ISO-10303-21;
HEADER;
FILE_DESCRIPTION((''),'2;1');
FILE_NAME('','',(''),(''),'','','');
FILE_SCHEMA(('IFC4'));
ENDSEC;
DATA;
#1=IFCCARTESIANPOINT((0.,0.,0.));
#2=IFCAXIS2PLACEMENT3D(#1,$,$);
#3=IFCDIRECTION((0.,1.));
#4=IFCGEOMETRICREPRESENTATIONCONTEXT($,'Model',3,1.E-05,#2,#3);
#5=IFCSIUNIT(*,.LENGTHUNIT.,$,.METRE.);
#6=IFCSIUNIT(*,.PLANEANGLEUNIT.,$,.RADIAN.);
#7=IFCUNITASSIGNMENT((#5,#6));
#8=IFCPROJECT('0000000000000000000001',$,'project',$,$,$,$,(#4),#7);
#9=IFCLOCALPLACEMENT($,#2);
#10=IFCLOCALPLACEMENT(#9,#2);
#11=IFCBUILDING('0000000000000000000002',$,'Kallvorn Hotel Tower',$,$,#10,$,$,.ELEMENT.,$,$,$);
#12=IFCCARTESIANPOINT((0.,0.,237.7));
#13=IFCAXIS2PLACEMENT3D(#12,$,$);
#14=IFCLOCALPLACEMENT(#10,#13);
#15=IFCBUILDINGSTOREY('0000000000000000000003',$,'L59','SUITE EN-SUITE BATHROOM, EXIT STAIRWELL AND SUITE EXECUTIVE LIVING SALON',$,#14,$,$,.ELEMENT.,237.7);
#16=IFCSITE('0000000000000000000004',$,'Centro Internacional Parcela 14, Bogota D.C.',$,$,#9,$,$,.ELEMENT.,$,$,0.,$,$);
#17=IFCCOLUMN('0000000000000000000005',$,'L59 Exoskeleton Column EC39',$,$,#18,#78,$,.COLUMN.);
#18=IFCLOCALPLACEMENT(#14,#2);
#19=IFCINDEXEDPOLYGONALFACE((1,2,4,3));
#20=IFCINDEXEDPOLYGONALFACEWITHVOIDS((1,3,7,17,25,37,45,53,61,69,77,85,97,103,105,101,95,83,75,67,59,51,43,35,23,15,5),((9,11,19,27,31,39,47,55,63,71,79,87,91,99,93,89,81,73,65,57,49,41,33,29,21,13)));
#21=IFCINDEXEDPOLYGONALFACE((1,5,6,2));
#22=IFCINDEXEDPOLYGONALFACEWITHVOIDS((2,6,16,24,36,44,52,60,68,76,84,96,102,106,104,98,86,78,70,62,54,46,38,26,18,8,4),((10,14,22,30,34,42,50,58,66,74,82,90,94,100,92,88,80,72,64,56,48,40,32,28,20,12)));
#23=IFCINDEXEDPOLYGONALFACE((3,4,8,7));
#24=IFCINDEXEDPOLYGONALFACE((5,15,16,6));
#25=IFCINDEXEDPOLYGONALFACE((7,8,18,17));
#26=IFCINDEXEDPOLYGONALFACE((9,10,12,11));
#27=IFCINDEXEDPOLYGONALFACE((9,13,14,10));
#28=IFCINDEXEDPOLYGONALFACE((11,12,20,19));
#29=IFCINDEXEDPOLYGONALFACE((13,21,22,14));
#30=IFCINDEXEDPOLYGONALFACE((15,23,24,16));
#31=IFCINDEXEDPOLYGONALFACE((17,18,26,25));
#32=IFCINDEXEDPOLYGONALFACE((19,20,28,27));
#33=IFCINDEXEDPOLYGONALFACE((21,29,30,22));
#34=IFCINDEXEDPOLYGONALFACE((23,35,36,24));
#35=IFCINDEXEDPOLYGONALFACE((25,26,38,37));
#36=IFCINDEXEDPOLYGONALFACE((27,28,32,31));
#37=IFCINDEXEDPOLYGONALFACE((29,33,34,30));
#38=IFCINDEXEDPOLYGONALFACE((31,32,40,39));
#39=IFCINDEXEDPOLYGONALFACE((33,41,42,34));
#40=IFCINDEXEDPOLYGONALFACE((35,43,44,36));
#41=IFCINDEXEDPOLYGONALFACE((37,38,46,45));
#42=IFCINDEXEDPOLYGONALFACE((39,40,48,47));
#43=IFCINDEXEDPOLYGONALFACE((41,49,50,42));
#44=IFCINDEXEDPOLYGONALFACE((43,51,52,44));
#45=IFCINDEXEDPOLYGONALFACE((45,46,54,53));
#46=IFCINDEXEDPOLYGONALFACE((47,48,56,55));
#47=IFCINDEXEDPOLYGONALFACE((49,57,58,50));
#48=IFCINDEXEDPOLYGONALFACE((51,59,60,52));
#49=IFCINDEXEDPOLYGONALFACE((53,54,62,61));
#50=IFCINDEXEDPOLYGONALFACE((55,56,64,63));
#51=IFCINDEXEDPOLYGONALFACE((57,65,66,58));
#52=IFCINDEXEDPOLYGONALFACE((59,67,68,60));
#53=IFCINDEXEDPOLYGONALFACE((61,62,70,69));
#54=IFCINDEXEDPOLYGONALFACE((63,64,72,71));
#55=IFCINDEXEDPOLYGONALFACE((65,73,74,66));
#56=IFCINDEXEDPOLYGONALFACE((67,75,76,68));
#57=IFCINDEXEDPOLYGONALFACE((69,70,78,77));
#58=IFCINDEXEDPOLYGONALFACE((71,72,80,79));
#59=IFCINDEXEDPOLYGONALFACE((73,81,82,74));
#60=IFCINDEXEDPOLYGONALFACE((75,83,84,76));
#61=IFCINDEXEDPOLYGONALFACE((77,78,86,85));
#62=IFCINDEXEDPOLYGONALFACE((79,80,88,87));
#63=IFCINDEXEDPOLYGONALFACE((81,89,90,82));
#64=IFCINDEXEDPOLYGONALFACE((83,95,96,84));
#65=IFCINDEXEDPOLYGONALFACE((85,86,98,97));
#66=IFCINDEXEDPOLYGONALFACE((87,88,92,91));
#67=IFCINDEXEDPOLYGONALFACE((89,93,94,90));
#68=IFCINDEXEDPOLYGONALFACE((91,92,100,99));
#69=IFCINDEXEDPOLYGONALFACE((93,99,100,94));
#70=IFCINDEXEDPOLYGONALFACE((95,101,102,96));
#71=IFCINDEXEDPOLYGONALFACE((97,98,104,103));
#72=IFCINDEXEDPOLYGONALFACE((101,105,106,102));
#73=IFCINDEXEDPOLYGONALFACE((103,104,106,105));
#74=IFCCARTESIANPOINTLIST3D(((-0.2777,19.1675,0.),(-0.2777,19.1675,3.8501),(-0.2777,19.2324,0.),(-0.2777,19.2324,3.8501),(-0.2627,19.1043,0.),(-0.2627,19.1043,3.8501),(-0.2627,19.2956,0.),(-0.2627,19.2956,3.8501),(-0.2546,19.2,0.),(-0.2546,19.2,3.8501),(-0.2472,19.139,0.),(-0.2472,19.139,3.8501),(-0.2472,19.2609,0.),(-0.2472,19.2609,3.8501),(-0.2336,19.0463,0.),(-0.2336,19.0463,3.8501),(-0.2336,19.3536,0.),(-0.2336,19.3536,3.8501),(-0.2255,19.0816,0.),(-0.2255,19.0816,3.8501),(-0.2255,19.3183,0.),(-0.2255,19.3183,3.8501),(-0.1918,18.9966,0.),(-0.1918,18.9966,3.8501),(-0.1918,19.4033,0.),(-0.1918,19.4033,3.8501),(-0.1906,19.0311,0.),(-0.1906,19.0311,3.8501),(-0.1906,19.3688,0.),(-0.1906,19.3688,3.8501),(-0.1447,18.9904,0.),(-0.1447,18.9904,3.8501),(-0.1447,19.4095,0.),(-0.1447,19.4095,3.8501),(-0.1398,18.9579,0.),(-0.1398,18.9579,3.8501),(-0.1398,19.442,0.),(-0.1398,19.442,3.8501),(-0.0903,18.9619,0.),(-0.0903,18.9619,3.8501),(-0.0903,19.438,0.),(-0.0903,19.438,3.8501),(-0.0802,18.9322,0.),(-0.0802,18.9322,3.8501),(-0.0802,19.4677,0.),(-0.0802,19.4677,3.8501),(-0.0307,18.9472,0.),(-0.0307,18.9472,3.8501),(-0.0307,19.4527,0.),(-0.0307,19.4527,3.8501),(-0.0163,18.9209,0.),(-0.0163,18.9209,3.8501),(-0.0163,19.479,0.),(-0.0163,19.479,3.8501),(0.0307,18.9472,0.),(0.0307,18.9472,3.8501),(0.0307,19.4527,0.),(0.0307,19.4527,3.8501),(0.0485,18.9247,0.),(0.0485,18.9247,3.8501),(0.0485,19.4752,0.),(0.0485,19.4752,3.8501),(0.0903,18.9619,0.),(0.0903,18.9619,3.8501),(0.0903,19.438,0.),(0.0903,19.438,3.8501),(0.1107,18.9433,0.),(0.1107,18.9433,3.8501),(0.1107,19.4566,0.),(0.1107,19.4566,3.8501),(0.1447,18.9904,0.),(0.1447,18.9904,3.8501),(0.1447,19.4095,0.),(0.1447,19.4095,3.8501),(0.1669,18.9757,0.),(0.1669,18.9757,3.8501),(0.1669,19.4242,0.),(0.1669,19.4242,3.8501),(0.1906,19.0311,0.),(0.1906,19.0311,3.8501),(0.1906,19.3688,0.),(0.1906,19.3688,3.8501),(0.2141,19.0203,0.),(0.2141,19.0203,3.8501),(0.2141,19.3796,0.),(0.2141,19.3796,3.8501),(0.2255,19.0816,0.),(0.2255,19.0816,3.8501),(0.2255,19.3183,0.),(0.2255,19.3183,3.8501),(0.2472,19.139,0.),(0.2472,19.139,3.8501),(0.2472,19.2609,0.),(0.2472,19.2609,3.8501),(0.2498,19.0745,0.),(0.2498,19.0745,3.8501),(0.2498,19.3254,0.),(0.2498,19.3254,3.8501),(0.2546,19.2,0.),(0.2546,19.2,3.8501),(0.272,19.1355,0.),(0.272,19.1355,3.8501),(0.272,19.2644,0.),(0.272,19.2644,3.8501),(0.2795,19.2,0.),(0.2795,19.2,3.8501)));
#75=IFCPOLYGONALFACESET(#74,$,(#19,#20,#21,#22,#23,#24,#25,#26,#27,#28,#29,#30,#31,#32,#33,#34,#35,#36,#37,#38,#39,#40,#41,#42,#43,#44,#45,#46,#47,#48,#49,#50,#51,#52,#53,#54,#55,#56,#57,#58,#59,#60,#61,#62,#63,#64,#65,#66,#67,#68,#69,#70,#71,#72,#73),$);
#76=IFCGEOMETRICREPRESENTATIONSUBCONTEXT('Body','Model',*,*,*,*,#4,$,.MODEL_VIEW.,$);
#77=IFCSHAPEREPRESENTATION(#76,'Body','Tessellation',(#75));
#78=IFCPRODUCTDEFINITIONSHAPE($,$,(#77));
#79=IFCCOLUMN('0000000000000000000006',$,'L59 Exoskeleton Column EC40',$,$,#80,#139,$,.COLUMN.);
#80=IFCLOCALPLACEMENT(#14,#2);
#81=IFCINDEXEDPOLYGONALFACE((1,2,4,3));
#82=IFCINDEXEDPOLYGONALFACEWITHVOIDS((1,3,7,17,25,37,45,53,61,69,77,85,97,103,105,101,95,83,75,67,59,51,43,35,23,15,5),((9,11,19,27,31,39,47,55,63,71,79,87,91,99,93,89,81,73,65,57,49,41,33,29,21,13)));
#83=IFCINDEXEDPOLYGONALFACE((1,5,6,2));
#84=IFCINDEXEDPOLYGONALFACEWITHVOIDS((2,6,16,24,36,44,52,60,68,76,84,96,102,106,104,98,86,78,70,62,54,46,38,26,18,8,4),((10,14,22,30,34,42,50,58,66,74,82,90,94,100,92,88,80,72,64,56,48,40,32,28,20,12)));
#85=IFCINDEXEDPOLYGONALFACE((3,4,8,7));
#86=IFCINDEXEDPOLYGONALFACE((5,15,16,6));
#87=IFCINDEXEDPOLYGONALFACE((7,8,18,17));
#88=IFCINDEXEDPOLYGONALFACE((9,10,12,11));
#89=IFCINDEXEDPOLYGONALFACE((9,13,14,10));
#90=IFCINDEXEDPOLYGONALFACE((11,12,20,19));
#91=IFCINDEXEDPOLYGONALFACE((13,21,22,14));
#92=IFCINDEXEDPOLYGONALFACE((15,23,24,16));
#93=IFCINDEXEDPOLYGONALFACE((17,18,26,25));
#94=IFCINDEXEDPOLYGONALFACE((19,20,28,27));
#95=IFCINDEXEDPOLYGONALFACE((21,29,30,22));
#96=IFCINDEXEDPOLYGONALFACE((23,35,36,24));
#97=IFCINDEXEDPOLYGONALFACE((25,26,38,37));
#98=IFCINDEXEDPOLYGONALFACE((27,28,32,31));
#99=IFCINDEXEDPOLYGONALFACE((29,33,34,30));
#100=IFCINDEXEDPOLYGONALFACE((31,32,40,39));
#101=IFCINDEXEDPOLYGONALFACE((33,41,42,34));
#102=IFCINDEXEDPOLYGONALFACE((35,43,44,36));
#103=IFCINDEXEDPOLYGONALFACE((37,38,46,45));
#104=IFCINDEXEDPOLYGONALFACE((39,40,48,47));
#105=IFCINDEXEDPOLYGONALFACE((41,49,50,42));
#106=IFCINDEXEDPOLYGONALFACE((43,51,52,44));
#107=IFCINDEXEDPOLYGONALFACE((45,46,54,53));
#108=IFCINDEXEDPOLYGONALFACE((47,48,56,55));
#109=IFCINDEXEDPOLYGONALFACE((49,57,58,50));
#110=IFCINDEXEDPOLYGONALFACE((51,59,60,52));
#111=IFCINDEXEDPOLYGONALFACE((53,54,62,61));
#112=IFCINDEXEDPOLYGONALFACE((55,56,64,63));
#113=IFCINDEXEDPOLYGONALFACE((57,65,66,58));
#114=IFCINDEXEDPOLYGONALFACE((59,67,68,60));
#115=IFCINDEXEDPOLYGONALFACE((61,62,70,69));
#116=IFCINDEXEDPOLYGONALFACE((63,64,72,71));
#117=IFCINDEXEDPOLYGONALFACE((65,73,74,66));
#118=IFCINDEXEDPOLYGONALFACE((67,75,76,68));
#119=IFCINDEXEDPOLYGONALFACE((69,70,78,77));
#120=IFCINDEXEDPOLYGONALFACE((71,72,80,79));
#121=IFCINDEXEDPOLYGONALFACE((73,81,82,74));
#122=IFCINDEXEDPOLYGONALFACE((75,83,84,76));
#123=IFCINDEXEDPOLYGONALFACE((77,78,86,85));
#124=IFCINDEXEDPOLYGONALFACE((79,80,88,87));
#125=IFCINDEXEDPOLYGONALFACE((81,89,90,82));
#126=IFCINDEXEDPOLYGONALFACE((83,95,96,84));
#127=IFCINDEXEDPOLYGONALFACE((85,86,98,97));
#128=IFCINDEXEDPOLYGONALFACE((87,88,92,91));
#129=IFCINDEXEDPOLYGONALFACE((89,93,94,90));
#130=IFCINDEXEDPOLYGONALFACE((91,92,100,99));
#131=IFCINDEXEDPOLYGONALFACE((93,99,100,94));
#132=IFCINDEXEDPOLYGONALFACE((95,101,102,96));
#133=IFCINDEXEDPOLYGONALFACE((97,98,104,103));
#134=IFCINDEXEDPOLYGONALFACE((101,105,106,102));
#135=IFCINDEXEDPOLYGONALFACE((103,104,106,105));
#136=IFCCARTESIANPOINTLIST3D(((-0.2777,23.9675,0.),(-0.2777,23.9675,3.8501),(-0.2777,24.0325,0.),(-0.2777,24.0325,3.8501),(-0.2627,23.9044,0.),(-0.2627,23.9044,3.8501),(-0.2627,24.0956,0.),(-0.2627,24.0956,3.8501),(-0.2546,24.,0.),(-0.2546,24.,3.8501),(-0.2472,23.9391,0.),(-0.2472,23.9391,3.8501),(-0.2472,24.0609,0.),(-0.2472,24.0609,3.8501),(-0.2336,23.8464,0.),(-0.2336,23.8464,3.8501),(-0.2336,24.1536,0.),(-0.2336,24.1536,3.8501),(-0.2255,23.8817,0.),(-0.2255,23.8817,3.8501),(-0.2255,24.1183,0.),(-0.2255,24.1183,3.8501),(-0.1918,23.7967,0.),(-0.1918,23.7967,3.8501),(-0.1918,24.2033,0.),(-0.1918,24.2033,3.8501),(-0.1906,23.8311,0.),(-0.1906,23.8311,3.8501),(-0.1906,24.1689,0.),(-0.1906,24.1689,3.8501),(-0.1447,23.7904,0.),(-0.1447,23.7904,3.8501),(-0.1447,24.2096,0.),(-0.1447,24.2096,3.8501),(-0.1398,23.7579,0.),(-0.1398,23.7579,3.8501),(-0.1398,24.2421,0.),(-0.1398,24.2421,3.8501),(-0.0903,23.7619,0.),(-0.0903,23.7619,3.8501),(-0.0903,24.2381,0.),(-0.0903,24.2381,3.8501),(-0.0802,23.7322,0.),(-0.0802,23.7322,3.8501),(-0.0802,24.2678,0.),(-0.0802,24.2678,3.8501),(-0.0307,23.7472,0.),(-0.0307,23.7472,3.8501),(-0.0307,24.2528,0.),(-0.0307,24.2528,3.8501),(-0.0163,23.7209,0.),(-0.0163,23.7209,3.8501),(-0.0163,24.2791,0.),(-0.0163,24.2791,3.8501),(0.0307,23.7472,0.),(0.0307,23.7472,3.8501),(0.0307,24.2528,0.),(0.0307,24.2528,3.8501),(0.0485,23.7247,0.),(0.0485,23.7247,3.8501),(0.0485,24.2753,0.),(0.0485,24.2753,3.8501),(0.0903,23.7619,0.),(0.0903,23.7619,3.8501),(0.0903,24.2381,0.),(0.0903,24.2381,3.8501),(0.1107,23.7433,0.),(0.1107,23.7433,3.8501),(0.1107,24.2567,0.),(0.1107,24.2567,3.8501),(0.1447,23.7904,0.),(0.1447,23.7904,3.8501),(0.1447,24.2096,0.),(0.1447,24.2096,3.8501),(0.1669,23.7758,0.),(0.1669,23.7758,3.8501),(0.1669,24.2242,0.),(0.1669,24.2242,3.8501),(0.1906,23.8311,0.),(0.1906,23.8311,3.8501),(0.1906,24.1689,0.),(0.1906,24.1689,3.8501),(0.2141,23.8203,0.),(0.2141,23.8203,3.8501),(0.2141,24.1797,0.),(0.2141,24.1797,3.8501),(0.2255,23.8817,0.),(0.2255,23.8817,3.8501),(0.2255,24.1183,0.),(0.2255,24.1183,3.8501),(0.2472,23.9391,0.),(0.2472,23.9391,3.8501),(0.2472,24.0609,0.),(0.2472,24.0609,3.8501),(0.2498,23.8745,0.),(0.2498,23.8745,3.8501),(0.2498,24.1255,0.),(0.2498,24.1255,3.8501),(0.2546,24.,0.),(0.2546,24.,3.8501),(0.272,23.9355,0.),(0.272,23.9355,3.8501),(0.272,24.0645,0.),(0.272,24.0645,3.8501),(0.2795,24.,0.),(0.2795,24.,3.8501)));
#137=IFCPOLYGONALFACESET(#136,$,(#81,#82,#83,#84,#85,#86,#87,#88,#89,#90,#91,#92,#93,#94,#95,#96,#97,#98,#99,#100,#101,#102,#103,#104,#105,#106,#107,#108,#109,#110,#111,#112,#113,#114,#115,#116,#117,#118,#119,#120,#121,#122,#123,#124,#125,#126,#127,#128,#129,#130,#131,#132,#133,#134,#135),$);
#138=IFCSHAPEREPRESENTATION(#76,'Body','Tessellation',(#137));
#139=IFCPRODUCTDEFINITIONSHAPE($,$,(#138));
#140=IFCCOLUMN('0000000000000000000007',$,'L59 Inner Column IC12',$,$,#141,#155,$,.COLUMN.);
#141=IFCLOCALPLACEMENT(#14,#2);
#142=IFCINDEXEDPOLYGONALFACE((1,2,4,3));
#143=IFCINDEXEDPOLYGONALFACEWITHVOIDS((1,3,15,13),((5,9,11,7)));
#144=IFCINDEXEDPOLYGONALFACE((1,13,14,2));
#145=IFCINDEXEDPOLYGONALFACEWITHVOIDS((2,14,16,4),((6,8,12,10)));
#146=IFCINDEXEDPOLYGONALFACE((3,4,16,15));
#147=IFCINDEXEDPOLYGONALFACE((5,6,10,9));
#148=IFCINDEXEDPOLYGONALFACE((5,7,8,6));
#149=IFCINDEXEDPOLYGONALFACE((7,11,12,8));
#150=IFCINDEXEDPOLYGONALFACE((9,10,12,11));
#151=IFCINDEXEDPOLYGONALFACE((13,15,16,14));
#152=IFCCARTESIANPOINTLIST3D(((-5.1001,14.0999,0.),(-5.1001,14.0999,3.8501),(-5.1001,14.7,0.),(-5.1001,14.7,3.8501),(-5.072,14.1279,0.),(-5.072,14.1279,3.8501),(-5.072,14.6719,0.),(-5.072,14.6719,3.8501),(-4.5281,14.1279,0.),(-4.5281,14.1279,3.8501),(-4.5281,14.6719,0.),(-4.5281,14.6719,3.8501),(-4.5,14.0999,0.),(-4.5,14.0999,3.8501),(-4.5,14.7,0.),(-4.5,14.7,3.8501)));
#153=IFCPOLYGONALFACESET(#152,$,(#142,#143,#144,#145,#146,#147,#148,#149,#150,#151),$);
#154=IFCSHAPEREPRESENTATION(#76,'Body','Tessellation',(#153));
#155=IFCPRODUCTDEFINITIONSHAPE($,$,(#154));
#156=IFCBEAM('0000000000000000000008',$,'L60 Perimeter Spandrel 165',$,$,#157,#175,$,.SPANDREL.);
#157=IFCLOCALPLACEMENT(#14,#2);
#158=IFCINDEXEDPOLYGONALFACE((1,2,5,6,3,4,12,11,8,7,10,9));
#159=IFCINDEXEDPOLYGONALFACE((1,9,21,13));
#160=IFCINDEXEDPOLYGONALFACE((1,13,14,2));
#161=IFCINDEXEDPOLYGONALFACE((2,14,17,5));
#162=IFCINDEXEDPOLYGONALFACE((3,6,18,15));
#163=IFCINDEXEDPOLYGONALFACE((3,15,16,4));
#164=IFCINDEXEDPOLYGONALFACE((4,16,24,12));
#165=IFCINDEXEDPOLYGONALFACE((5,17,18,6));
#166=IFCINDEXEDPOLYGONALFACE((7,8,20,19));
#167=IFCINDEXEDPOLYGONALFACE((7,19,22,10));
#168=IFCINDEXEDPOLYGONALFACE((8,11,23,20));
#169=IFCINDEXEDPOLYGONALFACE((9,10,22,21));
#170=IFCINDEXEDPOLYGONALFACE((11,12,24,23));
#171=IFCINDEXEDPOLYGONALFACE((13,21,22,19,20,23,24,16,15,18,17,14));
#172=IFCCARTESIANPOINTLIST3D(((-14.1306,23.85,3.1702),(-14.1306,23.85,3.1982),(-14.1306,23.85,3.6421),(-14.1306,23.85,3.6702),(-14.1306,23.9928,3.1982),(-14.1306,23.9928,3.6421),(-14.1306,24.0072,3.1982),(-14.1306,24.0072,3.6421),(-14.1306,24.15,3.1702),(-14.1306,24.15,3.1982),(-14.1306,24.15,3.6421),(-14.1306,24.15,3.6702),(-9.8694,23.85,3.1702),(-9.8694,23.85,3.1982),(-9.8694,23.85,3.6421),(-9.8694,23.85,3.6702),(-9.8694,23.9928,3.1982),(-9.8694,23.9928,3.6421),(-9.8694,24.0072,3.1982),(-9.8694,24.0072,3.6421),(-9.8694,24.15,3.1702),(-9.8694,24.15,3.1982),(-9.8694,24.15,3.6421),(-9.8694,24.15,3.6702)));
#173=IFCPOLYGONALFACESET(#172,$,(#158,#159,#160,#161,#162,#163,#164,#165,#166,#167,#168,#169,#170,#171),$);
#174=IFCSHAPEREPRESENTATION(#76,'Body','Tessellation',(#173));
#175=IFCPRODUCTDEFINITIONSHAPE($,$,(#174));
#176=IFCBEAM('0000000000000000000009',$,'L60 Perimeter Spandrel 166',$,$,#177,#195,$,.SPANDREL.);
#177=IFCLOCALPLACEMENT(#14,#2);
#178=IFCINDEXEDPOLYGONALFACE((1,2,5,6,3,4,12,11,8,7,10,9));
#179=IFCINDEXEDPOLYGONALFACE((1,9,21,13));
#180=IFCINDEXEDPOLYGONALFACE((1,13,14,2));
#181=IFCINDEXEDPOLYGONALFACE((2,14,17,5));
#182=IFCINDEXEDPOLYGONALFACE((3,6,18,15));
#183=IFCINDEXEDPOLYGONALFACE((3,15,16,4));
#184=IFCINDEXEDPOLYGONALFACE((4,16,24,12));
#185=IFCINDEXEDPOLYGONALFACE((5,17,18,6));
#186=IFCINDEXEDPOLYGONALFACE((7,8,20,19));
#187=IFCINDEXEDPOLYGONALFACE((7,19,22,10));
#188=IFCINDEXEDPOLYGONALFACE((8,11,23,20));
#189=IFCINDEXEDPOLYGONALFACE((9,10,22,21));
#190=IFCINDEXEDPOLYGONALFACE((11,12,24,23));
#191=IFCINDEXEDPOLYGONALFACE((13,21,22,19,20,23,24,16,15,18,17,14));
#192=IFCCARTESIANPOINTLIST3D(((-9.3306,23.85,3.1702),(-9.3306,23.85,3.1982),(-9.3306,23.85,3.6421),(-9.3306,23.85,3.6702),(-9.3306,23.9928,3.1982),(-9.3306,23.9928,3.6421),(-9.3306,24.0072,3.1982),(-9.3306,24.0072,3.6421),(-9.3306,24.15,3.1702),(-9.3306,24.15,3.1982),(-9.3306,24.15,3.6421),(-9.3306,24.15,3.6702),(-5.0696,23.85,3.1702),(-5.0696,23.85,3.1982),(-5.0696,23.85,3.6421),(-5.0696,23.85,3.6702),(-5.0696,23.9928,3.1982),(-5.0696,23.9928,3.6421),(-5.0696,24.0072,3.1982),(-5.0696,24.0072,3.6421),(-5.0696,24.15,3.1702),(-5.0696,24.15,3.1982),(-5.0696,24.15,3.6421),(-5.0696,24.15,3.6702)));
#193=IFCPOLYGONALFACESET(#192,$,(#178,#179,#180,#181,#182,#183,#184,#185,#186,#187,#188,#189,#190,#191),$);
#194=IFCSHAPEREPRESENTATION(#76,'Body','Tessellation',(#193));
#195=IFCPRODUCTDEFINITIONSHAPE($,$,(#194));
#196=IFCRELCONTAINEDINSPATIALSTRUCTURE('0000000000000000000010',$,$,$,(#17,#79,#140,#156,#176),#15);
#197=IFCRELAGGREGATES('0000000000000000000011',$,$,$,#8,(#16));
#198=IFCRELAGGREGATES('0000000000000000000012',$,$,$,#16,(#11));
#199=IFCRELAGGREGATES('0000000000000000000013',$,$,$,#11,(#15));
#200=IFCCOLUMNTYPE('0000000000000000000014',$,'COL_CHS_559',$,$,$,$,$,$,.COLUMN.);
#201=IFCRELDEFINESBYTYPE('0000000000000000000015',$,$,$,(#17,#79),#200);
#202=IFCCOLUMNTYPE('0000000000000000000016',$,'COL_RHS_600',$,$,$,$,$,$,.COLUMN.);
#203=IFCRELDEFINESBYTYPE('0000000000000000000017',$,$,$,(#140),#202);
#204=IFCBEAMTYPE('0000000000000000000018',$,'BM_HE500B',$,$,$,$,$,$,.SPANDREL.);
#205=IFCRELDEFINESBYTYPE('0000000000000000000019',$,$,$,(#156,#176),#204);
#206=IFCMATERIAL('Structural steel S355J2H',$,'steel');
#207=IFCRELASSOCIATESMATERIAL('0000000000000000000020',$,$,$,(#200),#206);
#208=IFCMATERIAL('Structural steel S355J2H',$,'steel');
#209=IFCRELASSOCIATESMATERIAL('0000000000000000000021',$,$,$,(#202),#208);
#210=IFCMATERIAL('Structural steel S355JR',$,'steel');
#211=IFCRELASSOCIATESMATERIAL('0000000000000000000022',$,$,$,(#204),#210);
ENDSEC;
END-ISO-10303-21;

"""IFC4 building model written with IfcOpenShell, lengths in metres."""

from ifc_helpers import new_model, si_unit, direction, frame, origin, origin_2d, place, context, subcontext, project, spatial, hollow_rectangle, hollow_circle, i_section, extrude, material, material_profile, profile_set, type_object, element, save


model = new_model("IFC4")

# Units and contexts
model_context = context("Model", 3, precision=1e-05, world=origin(), true_north=direction((0.0, 1.0)))
body_context = subcontext(model_context, "Body", "Model", "MODEL_VIEW")
ifc_project = project(units=[si_unit("LENGTHUNIT", "METRE"), si_unit("PLANEANGLEUNIT", "RADIAN")], contexts=[model_context])

# Site, building, storey
site_placement = place(None, origin())
site = spatial("IfcSite", under=ifc_project, at=site_placement, Name="Centro Internacional Parcela 14, Bogota D.C.", CompositionType="ELEMENT", RefElevation=0.0)
building_placement = place(site_placement, origin())
building = spatial("IfcBuilding", under=site, at=building_placement, Name="Kallvorn Hotel Tower", CompositionType="ELEMENT")
storey_placement = place(building_placement, frame((0.0, 0.0, 237.7)))
storey = spatial("IfcBuildingStorey", under=building, at=storey_placement, Name="L59", Description="SUITE EN-SUITE BATHROOM, EXIT STAIRWELL AND SUITE EXECUTIVE LIVING SALON", CompositionType="ELEMENT", Elevation=237.7)

# Columns
ifc_material_1 = material(Name="Structural steel S355J2H", Category="steel")
ifc_material_profile_1 = material_profile(ifc_material_1, hollow_circle(Radius=0.2795, WallThickness=0.0249, at=origin_2d()), Name="CHS 559x25")
ifc_profile_set_1 = profile_set([ifc_material_profile_1], Name="Structural steel S355J2H")
column_type_1 = type_object("IfcColumnType", Name="COL_CHS_559", PredefinedType="COLUMN", material=ifc_profile_set_1)
for number, where, z_axis, x_axis, name in (
    (1, (0.0, 19.2, 0.0), (0.0, 0.0, 1.0), (1.0, 0.0, 0.0), "L59 Exoskeleton Column EC39"),
    (2, (0.0, 24.0, 0.0), (0.0, 0.0, 1.0), (1.0, 0.0, 0.0), "L59 Exoskeleton Column EC40"),
):
    element("IfcColumn", number, at=place(storey_placement, frame(where, z_axis=z_axis, x_axis=x_axis)), inside=storey, type_object=column_type_1, Name=name, PredefinedType="COLUMN", context=body_context, shape_type="SweptSolid", body=[
        extrude(hollow_circle(Radius=0.2795, WallThickness=0.0249, at=origin_2d()), origin(), (0.0, 0.0, 1.0), 3.8501),
    ])
ifc_material_2 = material(Name="Structural steel S355J2H", Category="steel")
ifc_material_profile_2 = material_profile(ifc_material_2, hollow_rectangle(XDim=0.6001, YDim=0.6001, WallThickness=0.0281, at=origin_2d()), Name="RHS 600x600x28")
ifc_profile_set_2 = profile_set([ifc_material_profile_2], Name="Structural steel S355J2H")
column_type_2 = type_object("IfcColumnType", Name="COL_RHS_600", PredefinedType="COLUMN", material=ifc_profile_set_2)
column_placement = place(storey_placement, frame((-4.8, 14.3999, 0.0), z_axis=(0.0, 0.0, 1.0), x_axis=(1.0, 0.0, 0.0)))
element("IfcColumn", 3, at=column_placement, inside=storey, type_object=column_type_2, Name="L59 Inner Column IC12", PredefinedType="COLUMN", context=body_context, shape_type="SweptSolid", body=[
    extrude(hollow_rectangle(XDim=0.6001, YDim=0.6001, WallThickness=0.0281, at=origin_2d()), origin(), (0.0, 0.0, 1.0), 3.8501),
])

# Beams
ifc_material_3 = material(Name="Structural steel S355JR", Category="steel")
ifc_material_profile_3 = material_profile(ifc_material_3, i_section(OverallWidth=0.3, OverallDepth=0.5, WebThickness=0.0144, FlangeThickness=0.0281, at=origin_2d()), Name="HE 500 B")
ifc_profile_set_3 = profile_set([ifc_material_profile_3], Name="Structural steel S355JR")
beam_type_1 = type_object("IfcBeamType", Name="BM_HE500B", PredefinedType="SPANDREL", material=ifc_profile_set_3)
beam_1_placement = place(storey_placement, frame((-14.1306, 24.0, 3.4202), z_axis=(1.0, 0.0, 0.0), x_axis=(0.0, 1.0, 0.0)))
element("IfcBeam", 4, at=beam_1_placement, inside=storey, type_object=beam_type_1, Name="L60 Perimeter Spandrel 165", PredefinedType="SPANDREL", context=body_context, shape_type="SweptSolid", body=[
    extrude(i_section(OverallWidth=0.3, OverallDepth=0.5, WebThickness=0.0144, FlangeThickness=0.0281, at=origin_2d()), origin(), (0.0, 0.0, 1.0), 4.2612),
])
for number, where, z_axis, x_axis, name in (
    (5, (-9.3306, 24.0, 3.4202), (1.0, 0.0, 0.0), (0.0, 1.0, 0.0), "L60 Perimeter Spandrel 166"),
):
    element("IfcBeam", number, at=place(storey_placement, frame(where, z_axis=z_axis, x_axis=x_axis)), inside=storey, type_object=beam_type_1, Name=name, PredefinedType="SPANDREL", context=body_context, shape_type="SweptSolid", body=[
        extrude(i_section(OverallWidth=0.3, OverallDepth=0.5, WebThickness=0.0144, FlangeThickness=0.0281, at=origin_2d()), origin(), (0.0, 0.0, 1.0), 4.261),
    ])

save(model, "model.ifc")
